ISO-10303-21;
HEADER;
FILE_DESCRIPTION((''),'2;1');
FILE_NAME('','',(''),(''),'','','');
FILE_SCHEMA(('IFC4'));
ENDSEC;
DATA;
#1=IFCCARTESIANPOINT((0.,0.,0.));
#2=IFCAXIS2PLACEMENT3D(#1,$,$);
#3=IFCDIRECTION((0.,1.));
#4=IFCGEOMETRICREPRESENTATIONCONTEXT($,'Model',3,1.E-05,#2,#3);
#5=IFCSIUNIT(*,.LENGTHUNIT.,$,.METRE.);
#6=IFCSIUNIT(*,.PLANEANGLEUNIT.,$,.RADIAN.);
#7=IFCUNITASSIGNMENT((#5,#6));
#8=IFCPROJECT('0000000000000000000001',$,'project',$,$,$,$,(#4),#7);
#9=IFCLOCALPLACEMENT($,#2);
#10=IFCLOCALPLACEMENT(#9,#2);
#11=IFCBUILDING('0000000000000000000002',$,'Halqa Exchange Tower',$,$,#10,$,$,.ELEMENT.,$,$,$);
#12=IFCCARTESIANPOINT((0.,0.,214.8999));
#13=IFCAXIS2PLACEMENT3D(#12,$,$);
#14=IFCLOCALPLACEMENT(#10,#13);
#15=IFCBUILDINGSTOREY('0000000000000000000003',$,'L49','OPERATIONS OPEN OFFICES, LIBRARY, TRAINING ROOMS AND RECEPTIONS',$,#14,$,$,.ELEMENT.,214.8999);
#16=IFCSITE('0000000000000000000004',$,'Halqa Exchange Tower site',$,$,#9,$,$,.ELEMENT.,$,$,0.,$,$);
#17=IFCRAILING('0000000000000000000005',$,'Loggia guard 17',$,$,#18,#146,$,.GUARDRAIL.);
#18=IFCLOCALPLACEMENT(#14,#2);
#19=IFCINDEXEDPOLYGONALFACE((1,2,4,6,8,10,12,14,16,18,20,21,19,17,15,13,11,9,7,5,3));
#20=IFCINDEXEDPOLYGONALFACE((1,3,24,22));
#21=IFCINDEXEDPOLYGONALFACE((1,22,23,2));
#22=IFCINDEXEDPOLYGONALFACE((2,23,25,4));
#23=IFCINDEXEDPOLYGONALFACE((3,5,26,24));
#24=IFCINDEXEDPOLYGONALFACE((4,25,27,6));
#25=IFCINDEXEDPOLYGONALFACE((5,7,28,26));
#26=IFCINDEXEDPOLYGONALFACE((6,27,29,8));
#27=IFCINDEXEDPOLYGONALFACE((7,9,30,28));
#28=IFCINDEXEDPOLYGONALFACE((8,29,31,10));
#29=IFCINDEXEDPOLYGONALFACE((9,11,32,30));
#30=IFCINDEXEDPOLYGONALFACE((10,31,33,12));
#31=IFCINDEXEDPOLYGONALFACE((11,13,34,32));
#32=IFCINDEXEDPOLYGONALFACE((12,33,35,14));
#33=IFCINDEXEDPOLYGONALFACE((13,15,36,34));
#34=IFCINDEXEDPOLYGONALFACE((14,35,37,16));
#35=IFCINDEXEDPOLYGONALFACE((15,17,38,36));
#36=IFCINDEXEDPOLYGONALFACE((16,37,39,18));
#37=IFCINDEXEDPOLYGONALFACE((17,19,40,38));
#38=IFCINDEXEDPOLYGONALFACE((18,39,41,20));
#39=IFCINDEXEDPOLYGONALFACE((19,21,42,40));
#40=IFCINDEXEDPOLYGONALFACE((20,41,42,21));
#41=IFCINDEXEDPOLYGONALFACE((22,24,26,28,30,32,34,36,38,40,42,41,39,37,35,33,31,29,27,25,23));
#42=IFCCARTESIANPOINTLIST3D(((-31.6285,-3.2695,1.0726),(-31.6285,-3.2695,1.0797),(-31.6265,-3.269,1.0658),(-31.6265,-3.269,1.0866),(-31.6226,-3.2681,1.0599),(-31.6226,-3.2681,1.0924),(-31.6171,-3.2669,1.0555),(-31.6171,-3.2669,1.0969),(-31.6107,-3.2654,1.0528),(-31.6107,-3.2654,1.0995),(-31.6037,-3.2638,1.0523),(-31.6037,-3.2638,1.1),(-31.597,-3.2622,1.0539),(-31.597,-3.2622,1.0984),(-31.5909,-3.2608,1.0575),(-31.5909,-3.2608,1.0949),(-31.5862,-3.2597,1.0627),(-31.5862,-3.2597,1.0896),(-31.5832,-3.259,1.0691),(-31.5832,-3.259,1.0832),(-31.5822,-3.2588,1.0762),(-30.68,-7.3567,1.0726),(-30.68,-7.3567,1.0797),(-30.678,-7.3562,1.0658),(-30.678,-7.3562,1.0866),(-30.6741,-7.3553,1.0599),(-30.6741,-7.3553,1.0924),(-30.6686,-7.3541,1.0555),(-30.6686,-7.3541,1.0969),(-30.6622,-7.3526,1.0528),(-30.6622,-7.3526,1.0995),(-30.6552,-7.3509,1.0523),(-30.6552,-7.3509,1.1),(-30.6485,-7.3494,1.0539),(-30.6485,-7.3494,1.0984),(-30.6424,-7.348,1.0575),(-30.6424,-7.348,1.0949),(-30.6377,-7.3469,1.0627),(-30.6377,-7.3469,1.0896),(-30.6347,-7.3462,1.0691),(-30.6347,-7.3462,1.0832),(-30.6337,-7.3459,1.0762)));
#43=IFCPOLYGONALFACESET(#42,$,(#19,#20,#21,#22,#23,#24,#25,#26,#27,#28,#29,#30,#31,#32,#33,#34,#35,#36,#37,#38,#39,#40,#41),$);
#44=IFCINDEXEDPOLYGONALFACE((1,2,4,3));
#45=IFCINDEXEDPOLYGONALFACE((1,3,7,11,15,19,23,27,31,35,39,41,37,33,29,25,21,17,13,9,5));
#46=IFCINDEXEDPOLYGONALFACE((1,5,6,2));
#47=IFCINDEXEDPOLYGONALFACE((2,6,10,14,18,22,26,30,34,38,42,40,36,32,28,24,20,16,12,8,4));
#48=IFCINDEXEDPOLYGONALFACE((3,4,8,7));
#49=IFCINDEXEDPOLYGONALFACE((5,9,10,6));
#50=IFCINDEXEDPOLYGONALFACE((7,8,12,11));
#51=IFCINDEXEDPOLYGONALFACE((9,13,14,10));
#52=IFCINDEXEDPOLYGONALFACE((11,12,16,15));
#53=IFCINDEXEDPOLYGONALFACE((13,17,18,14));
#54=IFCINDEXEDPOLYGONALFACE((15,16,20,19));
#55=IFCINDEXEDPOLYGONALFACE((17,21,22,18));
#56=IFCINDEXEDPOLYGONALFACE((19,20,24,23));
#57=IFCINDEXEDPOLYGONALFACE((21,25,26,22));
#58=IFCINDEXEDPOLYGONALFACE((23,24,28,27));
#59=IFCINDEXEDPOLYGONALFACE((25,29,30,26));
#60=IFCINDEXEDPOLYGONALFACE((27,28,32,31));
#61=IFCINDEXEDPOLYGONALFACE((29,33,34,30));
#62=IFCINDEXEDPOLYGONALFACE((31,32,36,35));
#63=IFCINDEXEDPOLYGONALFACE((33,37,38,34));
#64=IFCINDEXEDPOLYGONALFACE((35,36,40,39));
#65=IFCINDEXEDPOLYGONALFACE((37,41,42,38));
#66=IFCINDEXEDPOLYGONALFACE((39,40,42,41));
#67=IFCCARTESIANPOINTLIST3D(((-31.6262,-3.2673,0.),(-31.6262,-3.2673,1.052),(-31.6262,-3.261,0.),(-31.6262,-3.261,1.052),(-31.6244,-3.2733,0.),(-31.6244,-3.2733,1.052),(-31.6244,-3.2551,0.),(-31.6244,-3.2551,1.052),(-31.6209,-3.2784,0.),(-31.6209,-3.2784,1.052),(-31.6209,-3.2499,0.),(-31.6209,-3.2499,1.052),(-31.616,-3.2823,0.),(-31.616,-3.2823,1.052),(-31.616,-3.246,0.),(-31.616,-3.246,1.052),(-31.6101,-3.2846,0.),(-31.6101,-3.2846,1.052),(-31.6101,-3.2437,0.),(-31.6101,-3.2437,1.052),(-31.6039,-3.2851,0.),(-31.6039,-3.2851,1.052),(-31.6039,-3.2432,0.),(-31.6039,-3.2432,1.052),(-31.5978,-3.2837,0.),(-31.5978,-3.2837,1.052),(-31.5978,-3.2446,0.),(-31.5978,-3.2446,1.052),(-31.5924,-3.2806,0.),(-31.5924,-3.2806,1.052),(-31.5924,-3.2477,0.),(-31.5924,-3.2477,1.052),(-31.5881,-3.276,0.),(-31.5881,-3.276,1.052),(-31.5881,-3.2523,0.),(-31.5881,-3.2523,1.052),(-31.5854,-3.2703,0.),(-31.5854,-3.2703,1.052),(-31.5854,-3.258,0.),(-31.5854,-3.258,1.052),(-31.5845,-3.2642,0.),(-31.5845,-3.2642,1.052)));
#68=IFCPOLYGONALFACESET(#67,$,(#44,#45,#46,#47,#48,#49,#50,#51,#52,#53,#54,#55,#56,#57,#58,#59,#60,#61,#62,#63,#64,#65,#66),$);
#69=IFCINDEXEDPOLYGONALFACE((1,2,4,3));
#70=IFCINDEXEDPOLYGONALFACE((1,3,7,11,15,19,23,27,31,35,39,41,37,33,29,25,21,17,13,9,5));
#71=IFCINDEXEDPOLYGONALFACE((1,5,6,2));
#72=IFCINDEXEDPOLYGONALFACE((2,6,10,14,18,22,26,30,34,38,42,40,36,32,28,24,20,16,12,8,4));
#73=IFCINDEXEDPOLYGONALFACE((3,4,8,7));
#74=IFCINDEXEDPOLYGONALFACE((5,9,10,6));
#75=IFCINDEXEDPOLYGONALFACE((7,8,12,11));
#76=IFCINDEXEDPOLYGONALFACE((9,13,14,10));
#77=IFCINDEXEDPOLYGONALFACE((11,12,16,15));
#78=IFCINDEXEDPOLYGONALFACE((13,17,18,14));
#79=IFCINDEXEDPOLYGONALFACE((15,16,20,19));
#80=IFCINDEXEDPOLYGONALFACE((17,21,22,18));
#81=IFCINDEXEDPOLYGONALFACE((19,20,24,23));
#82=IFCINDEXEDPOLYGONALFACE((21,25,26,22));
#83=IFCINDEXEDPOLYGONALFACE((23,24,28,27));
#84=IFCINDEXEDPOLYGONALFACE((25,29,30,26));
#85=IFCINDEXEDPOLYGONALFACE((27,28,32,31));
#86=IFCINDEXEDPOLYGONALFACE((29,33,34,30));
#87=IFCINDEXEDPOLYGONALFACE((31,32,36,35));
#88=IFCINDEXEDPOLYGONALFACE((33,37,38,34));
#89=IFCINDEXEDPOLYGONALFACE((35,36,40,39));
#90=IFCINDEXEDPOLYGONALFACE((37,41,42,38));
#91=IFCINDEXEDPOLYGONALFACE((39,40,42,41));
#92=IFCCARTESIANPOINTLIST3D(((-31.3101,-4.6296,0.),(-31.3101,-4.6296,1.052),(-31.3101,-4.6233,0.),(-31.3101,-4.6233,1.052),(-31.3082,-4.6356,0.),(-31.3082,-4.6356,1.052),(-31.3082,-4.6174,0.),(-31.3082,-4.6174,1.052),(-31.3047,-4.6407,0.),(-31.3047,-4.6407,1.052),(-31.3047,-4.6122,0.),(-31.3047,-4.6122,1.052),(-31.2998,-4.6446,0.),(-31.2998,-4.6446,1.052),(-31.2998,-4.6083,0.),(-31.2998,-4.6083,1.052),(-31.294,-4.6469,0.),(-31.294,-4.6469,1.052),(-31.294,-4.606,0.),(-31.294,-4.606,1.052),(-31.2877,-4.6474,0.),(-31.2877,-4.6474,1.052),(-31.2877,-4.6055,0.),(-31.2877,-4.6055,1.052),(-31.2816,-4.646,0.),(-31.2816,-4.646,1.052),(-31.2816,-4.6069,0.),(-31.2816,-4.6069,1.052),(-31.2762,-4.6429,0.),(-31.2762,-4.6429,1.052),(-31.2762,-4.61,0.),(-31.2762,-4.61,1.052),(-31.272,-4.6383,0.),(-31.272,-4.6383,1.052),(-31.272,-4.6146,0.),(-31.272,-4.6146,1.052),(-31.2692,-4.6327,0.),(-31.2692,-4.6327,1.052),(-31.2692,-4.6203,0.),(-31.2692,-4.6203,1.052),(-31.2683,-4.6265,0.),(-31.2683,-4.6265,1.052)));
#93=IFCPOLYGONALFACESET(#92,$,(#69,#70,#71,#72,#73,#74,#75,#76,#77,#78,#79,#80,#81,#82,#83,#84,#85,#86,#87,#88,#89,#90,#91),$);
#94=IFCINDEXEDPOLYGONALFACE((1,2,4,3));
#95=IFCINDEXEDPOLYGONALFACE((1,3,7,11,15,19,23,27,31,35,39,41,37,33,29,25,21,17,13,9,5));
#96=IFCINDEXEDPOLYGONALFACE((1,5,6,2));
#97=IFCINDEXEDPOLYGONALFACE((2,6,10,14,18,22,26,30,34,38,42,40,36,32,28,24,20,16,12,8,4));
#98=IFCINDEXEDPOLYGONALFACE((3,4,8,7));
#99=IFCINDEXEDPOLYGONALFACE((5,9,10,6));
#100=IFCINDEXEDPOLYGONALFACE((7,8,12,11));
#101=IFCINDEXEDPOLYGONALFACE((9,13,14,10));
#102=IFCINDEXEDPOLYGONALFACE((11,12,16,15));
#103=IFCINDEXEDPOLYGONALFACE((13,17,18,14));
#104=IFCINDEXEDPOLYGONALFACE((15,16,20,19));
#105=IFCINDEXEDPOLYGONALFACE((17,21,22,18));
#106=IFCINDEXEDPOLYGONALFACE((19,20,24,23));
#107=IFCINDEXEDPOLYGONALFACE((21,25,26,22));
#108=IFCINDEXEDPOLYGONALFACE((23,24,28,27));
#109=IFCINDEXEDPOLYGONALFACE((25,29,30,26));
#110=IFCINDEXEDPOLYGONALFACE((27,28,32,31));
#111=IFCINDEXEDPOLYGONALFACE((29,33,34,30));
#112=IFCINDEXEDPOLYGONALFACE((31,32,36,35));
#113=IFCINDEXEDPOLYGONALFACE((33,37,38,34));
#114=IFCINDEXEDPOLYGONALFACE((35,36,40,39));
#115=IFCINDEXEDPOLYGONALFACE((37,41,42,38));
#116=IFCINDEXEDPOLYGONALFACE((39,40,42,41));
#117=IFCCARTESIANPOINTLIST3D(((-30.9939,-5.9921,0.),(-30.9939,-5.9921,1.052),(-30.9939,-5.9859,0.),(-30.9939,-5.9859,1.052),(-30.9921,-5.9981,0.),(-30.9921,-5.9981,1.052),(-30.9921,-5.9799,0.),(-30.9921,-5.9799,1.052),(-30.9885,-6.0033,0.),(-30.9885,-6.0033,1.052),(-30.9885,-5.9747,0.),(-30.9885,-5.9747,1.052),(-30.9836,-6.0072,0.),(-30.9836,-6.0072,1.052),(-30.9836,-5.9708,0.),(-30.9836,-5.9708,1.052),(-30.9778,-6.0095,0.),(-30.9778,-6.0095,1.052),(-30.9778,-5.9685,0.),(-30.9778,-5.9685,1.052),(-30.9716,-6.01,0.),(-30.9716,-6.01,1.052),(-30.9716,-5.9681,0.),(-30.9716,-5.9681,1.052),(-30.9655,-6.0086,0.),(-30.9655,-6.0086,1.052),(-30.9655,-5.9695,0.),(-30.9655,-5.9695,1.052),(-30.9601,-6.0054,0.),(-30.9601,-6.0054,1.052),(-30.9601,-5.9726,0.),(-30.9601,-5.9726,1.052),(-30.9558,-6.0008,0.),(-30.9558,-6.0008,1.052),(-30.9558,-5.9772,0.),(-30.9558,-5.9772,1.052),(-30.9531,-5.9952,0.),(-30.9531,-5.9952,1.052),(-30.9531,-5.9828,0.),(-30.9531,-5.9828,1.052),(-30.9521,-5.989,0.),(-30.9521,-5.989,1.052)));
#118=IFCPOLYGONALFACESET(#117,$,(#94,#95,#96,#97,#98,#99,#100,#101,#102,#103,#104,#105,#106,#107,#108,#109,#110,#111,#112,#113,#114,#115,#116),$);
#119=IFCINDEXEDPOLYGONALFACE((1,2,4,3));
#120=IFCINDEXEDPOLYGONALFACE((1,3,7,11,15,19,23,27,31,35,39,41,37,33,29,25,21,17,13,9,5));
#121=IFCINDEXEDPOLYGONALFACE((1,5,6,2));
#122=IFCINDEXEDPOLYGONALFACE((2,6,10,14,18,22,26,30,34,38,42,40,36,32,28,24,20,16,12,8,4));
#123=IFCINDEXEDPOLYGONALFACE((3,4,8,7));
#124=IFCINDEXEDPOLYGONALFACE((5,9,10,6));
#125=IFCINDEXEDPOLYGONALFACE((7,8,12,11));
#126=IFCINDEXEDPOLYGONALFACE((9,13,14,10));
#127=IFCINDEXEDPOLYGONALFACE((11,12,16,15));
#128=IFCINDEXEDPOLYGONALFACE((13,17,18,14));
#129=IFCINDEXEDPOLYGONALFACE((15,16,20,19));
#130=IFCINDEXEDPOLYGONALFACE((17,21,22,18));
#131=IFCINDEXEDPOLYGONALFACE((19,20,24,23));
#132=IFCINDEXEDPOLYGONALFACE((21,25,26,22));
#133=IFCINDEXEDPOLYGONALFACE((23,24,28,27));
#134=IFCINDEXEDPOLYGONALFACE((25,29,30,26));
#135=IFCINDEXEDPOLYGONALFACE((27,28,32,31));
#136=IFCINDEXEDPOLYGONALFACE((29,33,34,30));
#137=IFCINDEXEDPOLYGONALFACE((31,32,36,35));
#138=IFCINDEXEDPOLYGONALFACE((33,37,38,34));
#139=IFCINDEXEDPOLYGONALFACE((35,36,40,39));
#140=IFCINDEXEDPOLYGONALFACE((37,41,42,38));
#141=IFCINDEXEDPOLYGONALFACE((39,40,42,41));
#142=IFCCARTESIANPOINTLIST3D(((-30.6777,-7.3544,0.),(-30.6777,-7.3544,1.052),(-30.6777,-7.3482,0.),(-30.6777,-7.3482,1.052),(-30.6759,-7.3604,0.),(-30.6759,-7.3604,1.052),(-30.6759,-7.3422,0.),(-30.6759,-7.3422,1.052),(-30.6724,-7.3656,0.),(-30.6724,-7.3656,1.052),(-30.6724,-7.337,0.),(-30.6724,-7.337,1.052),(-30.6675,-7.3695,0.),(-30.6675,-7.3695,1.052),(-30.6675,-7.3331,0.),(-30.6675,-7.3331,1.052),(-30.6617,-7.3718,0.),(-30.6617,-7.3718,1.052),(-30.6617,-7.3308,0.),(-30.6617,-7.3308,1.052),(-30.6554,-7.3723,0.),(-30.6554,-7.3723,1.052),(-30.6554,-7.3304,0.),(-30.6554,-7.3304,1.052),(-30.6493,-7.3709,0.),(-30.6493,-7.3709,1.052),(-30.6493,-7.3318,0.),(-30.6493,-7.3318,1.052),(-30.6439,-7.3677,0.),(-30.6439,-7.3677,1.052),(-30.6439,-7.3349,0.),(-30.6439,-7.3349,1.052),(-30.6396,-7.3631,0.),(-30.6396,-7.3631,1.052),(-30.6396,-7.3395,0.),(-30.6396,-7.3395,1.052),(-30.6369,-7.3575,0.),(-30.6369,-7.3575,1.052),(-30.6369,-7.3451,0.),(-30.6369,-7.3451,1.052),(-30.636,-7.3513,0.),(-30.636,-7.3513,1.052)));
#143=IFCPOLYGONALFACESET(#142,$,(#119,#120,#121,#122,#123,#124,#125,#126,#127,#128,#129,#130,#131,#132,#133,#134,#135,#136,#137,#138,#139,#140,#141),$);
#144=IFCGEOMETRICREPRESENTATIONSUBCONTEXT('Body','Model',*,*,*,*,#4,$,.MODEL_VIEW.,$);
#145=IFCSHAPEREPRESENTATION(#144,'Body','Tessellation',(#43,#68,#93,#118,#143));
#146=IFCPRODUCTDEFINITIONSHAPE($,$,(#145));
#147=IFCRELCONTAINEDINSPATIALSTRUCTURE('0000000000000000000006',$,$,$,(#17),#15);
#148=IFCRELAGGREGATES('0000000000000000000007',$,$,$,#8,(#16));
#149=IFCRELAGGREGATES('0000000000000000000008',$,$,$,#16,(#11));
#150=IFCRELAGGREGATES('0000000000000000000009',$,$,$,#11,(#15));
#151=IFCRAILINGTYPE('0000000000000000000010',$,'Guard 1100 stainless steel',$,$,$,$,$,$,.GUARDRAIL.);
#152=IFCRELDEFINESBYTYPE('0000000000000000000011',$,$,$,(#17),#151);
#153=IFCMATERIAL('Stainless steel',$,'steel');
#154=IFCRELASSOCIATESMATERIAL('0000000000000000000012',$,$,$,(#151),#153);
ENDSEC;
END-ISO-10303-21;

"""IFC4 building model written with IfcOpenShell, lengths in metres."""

from ifc_helpers import new_model, si_unit, direction, frame, origin, origin_2d, place, context, subcontext, project, spatial, circle, extrude, material, type_object, element, save


model = new_model("IFC4")

# Units and contexts
model_context = context("Model", 3, precision=1e-05, world=origin(), true_north=direction((0.0, 1.0)))
body_context = subcontext(model_context, "Body", "Model", "MODEL_VIEW")
ifc_project = project(units=[si_unit("LENGTHUNIT", "METRE"), si_unit("PLANEANGLEUNIT", "RADIAN")], contexts=[model_context])

# Site, building, storey
site_placement = place(None, origin())
site = spatial("IfcSite", under=ifc_project, at=site_placement, Name="Halqa Exchange Tower site", CompositionType="ELEMENT", RefElevation=0.0)
building_placement = place(site_placement, origin())
building = spatial("IfcBuilding", under=site, at=building_placement, Name="Halqa Exchange Tower", CompositionType="ELEMENT")
storey_placement = place(building_placement, frame((0.0, 0.0, 214.8999)))
storey = spatial("IfcBuildingStorey", under=building, at=storey_placement, Name="L49", Description="OPERATIONS OPEN OFFICES, LIBRARY, TRAINING ROOMS AND RECEPTIONS", CompositionType="ELEMENT", Elevation=214.8999)

# Railing
ifc_material_1 = material(Name="Stainless steel", Category="steel")
railing_type = type_object("IfcRailingType", Name="Guard 1100 stainless steel", PredefinedType="GUARDRAIL", material=ifc_material_1)
railing_1_placement = place(storey_placement, frame((-31.6055, -3.2642, 0.0)))
element("IfcRailing", 1, at=railing_1_placement, inside=storey, type_object=railing_type, Name="Loggia guard 17", PredefinedType="GUARDRAIL", context=body_context, shape_type="SweptSolid", body=[
    extrude(circle(Radius=0.0239, at=origin_2d()), frame((0.0, 0.0, 1.0762), z_axis=(0.226058, -0.974114, 0.0), x_axis=(0.974114, 0.226058, 0.0)), (0.0, 0.0, 1.0), 4.1958),
    extrude(circle(Radius=0.021, at=origin_2d()), origin(), (0.0, 0.0, 1.0), 1.052),
    extrude(circle(Radius=0.021, at=origin_2d()), frame((0.3162, -1.3623, 0.0)), (0.0, 0.0, 1.0), 1.052),
    extrude(circle(Radius=0.021, at=origin_2d()), frame((0.6323, -2.7249, 0.0)), (0.0, 0.0, 1.0), 1.052),
    extrude(circle(Radius=0.021, at=origin_2d()), frame((0.9485, -4.0872, 0.0)), (0.0, 0.0, 1.0), 1.052),
])

save(model, "model.ifc")
